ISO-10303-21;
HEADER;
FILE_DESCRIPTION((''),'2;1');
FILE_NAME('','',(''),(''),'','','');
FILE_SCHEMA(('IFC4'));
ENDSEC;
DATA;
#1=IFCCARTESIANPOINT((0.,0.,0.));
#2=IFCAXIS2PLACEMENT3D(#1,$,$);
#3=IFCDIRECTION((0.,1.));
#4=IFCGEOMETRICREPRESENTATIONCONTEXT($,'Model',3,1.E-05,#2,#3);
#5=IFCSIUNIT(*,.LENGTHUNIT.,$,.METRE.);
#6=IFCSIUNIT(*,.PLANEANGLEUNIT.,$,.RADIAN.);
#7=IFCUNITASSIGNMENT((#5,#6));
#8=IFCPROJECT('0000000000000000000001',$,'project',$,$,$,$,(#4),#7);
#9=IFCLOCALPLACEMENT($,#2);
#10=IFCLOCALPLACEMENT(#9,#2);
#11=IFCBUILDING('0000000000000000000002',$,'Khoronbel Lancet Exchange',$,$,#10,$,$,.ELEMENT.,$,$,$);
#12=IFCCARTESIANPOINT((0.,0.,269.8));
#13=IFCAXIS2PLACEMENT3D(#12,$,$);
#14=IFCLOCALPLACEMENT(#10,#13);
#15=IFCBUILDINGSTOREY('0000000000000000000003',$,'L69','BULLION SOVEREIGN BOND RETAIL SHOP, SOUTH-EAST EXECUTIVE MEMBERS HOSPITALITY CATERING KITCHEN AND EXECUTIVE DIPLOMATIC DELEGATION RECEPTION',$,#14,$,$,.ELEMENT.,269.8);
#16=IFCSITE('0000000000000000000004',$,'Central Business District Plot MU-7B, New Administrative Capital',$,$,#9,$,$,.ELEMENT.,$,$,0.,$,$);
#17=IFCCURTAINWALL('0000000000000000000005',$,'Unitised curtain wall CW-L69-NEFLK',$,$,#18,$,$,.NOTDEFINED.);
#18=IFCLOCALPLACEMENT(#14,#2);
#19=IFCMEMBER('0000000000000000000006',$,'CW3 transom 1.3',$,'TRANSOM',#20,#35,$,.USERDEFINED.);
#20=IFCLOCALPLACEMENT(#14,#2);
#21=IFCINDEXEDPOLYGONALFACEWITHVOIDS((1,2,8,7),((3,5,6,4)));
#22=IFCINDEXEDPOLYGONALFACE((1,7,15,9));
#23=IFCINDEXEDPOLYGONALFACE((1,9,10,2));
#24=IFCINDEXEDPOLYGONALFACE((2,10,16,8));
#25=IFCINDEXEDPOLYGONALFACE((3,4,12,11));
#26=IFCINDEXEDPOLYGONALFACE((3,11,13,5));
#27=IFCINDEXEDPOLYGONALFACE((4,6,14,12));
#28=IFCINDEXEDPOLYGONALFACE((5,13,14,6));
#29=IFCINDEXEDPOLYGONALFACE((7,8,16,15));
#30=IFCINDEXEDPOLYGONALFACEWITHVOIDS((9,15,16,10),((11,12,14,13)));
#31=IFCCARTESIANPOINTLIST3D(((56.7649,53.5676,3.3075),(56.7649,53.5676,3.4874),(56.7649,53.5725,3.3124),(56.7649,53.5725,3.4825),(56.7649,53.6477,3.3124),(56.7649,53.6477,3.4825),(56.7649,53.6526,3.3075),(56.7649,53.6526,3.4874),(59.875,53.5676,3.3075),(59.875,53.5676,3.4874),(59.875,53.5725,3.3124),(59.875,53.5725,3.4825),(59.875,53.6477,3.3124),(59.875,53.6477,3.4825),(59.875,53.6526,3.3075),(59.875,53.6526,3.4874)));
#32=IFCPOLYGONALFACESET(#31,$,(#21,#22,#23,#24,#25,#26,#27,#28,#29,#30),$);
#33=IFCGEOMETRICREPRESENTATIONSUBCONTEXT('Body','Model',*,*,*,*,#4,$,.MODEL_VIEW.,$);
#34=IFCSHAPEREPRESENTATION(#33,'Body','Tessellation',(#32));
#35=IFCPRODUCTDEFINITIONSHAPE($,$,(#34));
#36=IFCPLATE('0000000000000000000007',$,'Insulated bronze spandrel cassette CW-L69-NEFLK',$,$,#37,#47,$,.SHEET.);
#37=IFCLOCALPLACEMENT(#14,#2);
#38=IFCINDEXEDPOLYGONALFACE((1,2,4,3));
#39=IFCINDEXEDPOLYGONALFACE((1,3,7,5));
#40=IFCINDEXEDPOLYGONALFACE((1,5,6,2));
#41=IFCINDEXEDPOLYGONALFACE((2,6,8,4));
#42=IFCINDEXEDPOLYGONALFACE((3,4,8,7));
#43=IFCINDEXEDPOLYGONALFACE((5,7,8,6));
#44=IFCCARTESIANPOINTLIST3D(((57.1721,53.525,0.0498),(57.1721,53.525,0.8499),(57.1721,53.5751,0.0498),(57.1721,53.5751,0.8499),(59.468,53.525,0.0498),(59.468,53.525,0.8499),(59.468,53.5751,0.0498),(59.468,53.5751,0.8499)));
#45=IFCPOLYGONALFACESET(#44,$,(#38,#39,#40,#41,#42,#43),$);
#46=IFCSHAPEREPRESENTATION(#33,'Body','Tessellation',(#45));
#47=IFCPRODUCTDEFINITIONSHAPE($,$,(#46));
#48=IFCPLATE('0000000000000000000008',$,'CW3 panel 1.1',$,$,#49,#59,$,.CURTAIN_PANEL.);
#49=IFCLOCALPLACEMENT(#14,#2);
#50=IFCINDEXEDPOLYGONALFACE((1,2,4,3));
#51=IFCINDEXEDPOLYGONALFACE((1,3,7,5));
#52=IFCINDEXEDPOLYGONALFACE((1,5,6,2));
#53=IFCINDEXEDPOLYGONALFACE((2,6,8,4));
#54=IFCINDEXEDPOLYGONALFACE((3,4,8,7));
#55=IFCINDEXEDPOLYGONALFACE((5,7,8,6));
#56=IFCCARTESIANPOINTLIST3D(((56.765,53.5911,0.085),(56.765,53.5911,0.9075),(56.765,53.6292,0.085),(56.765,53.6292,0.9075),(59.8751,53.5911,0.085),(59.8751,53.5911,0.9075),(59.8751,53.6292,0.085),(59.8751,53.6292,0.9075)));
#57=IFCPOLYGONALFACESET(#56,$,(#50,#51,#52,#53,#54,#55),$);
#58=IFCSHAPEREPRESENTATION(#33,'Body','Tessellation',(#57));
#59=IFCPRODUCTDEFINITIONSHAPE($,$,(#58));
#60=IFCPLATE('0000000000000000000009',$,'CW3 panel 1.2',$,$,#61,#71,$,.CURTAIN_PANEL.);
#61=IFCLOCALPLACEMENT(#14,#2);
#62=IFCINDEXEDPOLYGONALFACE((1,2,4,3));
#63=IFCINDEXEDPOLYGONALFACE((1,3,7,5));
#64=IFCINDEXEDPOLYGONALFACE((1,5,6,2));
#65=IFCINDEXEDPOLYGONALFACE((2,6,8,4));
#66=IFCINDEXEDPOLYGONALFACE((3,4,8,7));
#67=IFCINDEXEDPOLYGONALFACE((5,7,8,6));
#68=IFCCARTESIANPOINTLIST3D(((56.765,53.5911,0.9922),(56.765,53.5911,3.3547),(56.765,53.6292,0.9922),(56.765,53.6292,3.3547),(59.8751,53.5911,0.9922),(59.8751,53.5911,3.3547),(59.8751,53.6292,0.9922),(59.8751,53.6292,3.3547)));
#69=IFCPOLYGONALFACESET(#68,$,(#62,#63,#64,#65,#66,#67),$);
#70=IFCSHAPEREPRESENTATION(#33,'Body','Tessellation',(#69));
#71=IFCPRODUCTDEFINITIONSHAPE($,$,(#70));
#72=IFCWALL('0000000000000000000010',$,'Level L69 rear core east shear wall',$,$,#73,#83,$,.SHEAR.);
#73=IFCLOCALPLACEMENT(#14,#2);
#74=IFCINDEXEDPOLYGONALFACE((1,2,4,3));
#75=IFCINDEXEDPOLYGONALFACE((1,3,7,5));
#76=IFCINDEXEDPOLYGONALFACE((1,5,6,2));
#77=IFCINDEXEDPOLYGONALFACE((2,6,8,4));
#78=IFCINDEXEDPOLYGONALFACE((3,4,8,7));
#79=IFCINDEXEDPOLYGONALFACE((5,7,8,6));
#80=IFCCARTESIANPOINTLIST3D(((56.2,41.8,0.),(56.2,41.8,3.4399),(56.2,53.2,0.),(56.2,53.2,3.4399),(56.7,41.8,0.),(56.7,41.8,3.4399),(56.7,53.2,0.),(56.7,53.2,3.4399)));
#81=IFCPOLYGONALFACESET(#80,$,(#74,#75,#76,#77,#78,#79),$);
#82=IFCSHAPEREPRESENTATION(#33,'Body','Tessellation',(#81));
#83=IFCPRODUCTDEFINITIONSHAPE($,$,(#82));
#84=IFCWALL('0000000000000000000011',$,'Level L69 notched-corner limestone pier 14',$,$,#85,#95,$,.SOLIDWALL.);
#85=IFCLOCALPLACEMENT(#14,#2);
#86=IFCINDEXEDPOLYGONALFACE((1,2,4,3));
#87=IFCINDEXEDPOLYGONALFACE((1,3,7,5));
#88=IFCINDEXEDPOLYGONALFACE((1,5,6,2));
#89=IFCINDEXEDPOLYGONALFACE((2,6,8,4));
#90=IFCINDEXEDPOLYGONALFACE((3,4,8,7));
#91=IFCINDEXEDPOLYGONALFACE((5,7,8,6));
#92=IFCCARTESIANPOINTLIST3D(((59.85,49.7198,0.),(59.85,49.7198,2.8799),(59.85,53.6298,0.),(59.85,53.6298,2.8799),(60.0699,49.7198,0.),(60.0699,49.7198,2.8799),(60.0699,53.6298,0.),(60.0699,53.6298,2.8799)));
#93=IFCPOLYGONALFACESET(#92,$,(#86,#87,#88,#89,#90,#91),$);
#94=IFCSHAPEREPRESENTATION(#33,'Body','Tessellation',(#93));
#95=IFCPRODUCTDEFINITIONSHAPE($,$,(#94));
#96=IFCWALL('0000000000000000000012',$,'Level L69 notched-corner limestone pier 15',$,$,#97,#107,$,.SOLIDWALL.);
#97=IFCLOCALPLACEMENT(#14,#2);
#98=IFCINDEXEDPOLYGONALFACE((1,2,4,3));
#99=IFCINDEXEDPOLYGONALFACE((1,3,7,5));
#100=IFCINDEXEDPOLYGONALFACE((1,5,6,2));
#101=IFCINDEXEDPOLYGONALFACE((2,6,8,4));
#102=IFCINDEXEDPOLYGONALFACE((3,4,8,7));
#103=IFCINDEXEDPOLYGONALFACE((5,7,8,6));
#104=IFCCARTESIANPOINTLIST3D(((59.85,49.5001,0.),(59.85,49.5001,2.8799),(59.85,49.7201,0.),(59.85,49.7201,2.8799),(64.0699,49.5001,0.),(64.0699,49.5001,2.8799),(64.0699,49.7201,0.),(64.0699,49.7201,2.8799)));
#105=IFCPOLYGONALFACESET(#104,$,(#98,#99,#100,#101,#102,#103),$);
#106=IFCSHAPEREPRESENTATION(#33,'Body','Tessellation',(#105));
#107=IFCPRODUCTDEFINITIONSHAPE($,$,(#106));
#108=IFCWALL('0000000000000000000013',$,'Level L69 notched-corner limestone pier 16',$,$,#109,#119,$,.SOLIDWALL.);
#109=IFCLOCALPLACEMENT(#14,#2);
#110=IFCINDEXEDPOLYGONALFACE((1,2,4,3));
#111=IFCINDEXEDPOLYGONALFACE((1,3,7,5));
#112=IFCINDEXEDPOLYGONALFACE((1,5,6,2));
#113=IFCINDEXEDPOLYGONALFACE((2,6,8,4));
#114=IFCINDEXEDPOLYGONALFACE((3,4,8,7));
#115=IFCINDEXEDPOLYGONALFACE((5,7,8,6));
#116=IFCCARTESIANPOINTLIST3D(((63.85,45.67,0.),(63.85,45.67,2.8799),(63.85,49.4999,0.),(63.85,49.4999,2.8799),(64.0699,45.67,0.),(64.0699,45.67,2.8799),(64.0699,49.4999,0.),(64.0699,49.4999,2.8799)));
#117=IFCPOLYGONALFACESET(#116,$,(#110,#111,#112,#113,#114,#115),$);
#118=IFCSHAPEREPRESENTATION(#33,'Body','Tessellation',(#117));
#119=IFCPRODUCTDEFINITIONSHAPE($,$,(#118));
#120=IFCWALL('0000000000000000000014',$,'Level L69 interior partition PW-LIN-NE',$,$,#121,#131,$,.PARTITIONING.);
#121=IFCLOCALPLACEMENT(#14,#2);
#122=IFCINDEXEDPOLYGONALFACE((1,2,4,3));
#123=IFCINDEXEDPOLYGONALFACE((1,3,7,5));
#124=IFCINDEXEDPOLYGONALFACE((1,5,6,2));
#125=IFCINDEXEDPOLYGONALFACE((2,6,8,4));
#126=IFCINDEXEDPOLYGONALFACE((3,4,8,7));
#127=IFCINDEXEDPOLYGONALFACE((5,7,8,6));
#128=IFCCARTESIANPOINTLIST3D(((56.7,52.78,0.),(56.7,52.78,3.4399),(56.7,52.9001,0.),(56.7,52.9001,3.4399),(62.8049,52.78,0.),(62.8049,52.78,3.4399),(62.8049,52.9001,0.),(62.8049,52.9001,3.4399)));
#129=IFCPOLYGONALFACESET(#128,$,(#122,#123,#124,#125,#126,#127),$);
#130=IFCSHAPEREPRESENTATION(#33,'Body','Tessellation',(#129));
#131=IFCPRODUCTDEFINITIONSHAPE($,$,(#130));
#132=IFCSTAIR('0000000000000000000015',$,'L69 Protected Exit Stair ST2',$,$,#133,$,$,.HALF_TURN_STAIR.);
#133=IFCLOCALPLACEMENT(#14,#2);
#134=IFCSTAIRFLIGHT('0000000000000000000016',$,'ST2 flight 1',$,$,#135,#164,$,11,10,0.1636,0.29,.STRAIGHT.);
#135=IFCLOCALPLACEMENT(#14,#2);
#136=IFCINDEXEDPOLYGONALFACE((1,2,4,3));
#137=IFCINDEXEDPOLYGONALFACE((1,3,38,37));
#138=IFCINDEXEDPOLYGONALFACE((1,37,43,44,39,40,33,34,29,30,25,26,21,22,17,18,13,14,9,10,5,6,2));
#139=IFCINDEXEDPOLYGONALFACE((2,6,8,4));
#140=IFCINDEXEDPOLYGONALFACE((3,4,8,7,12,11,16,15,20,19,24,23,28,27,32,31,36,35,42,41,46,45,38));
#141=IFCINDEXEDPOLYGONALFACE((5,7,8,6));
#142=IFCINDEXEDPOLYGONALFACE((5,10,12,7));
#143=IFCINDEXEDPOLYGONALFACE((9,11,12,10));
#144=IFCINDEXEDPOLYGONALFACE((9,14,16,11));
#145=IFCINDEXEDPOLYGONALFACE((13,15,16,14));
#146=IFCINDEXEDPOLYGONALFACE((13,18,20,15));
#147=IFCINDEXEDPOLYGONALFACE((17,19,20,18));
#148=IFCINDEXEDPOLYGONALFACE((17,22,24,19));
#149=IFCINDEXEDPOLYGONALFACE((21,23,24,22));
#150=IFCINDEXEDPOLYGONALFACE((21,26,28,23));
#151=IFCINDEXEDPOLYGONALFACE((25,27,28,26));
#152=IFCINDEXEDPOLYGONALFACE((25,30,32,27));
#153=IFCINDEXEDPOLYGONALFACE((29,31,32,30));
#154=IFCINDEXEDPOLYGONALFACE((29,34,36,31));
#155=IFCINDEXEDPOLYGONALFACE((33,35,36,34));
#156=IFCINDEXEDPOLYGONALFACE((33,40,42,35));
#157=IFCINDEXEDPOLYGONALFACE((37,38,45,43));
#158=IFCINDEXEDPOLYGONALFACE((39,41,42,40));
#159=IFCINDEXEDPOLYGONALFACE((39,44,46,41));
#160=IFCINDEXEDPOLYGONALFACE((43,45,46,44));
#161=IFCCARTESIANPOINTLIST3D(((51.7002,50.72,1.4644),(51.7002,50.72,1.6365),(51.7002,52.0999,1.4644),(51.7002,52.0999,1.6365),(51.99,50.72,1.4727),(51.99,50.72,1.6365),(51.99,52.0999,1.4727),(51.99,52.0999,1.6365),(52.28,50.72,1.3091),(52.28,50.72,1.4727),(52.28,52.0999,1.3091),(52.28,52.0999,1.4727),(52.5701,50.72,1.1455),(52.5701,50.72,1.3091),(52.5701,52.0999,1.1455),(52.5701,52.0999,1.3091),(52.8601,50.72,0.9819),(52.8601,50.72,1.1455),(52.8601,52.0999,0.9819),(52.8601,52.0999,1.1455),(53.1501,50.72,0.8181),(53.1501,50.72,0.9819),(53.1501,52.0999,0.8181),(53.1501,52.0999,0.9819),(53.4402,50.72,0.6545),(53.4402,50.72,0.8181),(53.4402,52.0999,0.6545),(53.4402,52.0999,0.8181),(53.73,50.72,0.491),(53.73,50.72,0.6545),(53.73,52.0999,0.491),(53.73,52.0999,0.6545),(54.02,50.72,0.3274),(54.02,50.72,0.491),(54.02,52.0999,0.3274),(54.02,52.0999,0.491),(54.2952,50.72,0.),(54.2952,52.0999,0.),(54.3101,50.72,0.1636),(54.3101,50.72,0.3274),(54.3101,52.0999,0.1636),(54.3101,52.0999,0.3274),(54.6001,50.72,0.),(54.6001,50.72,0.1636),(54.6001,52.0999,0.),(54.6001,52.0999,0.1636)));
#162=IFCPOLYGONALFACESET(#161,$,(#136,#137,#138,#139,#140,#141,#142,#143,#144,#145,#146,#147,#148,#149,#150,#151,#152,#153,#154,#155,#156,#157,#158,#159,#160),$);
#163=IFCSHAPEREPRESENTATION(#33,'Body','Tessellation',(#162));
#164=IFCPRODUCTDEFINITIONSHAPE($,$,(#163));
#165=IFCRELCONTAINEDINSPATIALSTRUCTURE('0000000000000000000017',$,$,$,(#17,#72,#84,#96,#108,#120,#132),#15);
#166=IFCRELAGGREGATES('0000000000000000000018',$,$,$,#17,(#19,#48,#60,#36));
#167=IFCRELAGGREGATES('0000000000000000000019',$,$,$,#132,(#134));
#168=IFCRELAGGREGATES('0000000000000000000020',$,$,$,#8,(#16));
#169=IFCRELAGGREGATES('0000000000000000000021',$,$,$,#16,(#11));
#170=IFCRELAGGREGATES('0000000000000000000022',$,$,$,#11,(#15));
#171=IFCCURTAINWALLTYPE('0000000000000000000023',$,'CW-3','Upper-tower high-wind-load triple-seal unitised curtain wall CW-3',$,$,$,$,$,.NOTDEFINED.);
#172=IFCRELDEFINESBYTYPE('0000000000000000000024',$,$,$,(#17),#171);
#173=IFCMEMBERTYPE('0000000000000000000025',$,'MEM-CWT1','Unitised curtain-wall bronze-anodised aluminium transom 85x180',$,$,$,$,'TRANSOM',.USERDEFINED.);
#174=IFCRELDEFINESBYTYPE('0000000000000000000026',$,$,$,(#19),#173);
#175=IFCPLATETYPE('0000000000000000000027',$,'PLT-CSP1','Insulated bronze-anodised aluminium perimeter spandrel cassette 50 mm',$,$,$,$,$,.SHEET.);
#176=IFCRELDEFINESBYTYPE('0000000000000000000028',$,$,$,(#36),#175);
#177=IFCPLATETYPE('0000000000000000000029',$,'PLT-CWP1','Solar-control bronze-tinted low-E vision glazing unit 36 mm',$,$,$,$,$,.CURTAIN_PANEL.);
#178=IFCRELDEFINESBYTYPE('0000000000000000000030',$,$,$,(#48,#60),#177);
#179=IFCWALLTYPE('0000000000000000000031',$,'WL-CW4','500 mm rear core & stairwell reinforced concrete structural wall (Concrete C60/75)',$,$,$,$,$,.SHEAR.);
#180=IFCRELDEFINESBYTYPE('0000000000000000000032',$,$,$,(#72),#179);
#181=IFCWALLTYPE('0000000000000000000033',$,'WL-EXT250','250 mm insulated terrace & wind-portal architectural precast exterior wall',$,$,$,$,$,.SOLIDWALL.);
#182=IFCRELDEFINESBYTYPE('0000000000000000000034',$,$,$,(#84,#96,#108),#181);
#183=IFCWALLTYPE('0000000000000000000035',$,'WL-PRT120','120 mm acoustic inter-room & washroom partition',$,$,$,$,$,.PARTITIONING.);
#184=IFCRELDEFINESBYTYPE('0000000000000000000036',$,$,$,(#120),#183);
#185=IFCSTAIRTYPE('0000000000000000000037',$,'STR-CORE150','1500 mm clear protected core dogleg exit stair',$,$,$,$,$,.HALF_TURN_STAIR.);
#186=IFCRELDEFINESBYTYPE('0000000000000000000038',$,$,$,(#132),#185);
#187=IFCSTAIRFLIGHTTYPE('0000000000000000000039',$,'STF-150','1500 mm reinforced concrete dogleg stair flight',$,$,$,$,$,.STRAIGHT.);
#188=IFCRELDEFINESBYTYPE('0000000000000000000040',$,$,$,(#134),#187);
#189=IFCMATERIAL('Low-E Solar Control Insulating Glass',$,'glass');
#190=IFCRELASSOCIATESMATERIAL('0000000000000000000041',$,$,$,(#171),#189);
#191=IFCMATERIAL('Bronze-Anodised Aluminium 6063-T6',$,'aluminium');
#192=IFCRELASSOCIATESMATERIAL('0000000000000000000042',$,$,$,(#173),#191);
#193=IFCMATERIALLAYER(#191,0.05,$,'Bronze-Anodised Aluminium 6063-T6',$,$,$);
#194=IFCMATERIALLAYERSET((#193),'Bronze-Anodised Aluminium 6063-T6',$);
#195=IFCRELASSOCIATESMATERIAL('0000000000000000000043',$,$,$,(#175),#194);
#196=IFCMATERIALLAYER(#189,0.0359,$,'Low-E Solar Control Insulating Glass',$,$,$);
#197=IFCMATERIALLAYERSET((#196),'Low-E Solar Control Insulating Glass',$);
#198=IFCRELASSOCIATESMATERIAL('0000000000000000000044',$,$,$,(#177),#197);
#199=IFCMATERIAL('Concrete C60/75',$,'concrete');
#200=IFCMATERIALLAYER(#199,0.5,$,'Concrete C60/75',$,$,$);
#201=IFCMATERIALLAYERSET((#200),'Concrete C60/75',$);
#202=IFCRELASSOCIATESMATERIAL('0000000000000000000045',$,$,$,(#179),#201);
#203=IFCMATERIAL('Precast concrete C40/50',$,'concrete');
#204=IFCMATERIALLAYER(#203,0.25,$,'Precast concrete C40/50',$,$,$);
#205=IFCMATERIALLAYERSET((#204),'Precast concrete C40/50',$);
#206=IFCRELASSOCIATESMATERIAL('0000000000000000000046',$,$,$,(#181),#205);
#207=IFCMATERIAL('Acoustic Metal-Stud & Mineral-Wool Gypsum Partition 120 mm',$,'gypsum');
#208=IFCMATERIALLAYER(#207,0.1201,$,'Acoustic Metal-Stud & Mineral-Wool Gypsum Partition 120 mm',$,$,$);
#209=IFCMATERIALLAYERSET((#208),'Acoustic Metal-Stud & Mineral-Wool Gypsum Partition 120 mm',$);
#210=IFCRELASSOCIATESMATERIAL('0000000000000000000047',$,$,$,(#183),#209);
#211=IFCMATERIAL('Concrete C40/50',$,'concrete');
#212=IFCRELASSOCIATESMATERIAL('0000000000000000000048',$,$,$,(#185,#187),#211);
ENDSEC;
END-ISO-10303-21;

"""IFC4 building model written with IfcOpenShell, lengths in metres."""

from ifc_helpers import new_model, si_unit, direction, frame, frame_2d, origin, origin_2d, place, context, subcontext, project, spatial, polyline, rectangle, hollow_rectangle, outline, extrude, material, layer, layer_set, material_profile, profile_set, type_object, element, aggregate, save


model = new_model("IFC4")

# Units and contexts
model_context = context("Model", 3, precision=1e-05, world=origin(), true_north=direction((0.0, 1.0)))
body_context = subcontext(model_context, "Body", "Model", "MODEL_VIEW")
ifc_project = project(units=[si_unit("LENGTHUNIT", "METRE"), si_unit("PLANEANGLEUNIT", "RADIAN")], contexts=[model_context])

# Site, building, storey
site_placement = place(None, origin())
site = spatial("IfcSite", under=ifc_project, at=site_placement, Name="Central Business District Plot MU-7B, New Administrative Capital", CompositionType="ELEMENT", RefElevation=0.0)
building_placement = place(site_placement, origin())
building = spatial("IfcBuilding", under=site, at=building_placement, Name="Khoronbel Lancet Exchange", CompositionType="ELEMENT")
storey_placement = place(building_placement, frame((0.0, 0.0, 269.8)))
storey = spatial("IfcBuildingStorey", under=building, at=storey_placement, Name="L69", Description="BULLION SOVEREIGN BOND RETAIL SHOP, SOUTH-EAST EXECUTIVE MEMBERS HOSPITALITY CATERING KITCHEN AND EXECUTIVE DIPLOMATIC DELEGATION RECEPTION", CompositionType="ELEMENT", Elevation=269.8)

# Curtain wall, member, plates
ifc_material_1 = material(Name="Low-E Solar Control Insulating Glass", Category="glass")
curtain_wall_type = type_object("IfcCurtainWallType", Name="CW-3", Description="Upper-tower high-wind-load triple-seal unitised curtain wall CW-3", PredefinedType="NOTDEFINED", material=ifc_material_1)
curtain_wall_placement = place(storey_placement, origin())
curtain_wall = element("IfcCurtainWall", 1, at=curtain_wall_placement, inside=storey, type_object=curtain_wall_type, Name="Unitised curtain wall CW-L69-NEFLK", PredefinedType="NOTDEFINED")
ifc_material_2 = material(Name="Bronze-Anodised Aluminium 6063-T6", Category="aluminium")
ifc_material_profile_1 = material_profile(ifc_material_2, hollow_rectangle(XDim=0.085, YDim=0.1799, WallThickness=0.0049, at=origin_2d()), Name="ALU TRANSOM 85x180")
ifc_profile_set_1 = profile_set([ifc_material_profile_1], Name="Bronze-Anodised Aluminium 6063-T6")
member_type_1 = type_object("IfcMemberType", Name="MEM-CWT1", Description="Unitised curtain-wall bronze-anodised aluminium transom 85x180", ElementType="TRANSOM", PredefinedType="USERDEFINED", material=ifc_profile_set_1)
member_1_placement = place(storey_placement, frame((59.875, 53.6101, 3.3975), z_axis=(-1.0, 0.0, 0.0), x_axis=(0.0, -1.0, 0.0)))
member_1 = element("IfcMember", 2, at=member_1_placement, type_object=member_type_1, Name="CW3 transom 1.3", ObjectType="TRANSOM", PredefinedType="USERDEFINED", context=body_context, shape_type="SweptSolid", body=[
    extrude(hollow_rectangle(XDim=0.085, YDim=0.1799, WallThickness=0.0049, at=origin_2d()), origin(), (0.0, 0.0, 1.0), 3.1101),
])
ifc_layer_1 = layer(ifc_material_2, 0.05, Name="Bronze-Anodised Aluminium 6063-T6")
ifc_layer_set_1 = layer_set([ifc_layer_1], Name="Bronze-Anodised Aluminium 6063-T6")
plate_type_1 = type_object("IfcPlateType", Name="PLT-CSP1", Description="Insulated bronze-anodised aluminium perimeter spandrel cassette 50 mm", PredefinedType="SHEET", material=ifc_layer_set_1)
plate_1_placement = place(storey_placement, frame((58.3201, 53.55, 0.0498), z_axis=(0.0, 0.0, 1.0), x_axis=(-1.0, 0.0, 0.0)))
plate_1 = element("IfcPlate", 3, at=plate_1_placement, type_object=plate_type_1, Name="Insulated bronze spandrel cassette CW-L69-NEFLK", PredefinedType="SHEET", context=body_context, shape_type="SweptSolid", body=[
    extrude(rectangle(XDim=2.2959, YDim=0.05, at=origin_2d()), origin(), (0.0, 0.0, 1.0), 0.8),
])
ifc_layer_2 = layer(ifc_material_1, 0.0359, Name="Low-E Solar Control Insulating Glass")
ifc_layer_set_2 = layer_set([ifc_layer_2], Name="Low-E Solar Control Insulating Glass")
plate_type_2 = type_object("IfcPlateType", Name="PLT-CWP1", Description="Solar-control bronze-tinted low-E vision glazing unit 36 mm", PredefinedType="CURTAIN_PANEL", material=ifc_layer_set_2)
plate_2_placement = place(storey_placement, frame((58.3201, 53.6101, 0.085), z_axis=(0.0, 0.0, 1.0), x_axis=(-1.0, 0.0, 0.0)))
plate_2 = element("IfcPlate", 4, at=plate_2_placement, type_object=plate_type_2, Name="CW3 panel 1.1", PredefinedType="CURTAIN_PANEL", context=body_context, shape_type="SweptSolid", body=[
    extrude(rectangle(XDim=3.1101, YDim=0.0381, at=origin_2d()), origin(), (0.0, 0.0, 1.0), 0.8225),
])
plate_3_placement = place(storey_placement, frame((58.3201, 53.6101, 0.9922), z_axis=(0.0, 0.0, 1.0), x_axis=(-1.0, 0.0, 0.0)))
plate_3 = element("IfcPlate", 5, at=plate_3_placement, type_object=plate_type_2, Name="CW3 panel 1.2", PredefinedType="CURTAIN_PANEL", context=body_context, shape_type="SweptSolid", body=[
    extrude(rectangle(XDim=3.1101, YDim=0.0381, at=origin_2d()), origin(), (0.0, 0.0, 1.0), 2.3625),
])
aggregate(curtain_wall, [member_1, plate_2, plate_3, plate_1])

# Walls
ifc_material_3 = material(Name="Concrete C60/75", Category="concrete")
ifc_layer_3 = layer(ifc_material_3, 0.5, Name="Concrete C60/75")
ifc_layer_set_3 = layer_set([ifc_layer_3], Name="Concrete C60/75")
wall_type_1 = type_object("IfcWallType", Name="WL-CW4", Description="500 mm rear core & stairwell reinforced concrete structural wall (Concrete C60/75)", PredefinedType="SHEAR", material=ifc_layer_set_3)
wall_1_placement = place(storey_placement, frame((56.45, 53.2, 0.0), z_axis=(0.0, 0.0, 1.0), x_axis=(0.0, -1.0, 0.0)))
element("IfcWall", 6, at=wall_1_placement, inside=storey, type_object=wall_type_1, Name="Level L69 rear core east shear wall", PredefinedType="SHEAR", context=body_context, shape_type="SweptSolid", body=[
    extrude(rectangle(XDim=11.3999, YDim=0.5, at=frame_2d((5.7, 0.0))), origin(), (0.0, 0.0, 1.0), 3.4399),
])
ifc_material_4 = material(Name="Precast concrete C40/50", Category="concrete")
ifc_layer_4 = layer(ifc_material_4, 0.25, Name="Precast concrete C40/50")
ifc_layer_set_4 = layer_set([ifc_layer_4], Name="Precast concrete C40/50")
wall_type_2 = type_object("IfcWallType", Name="WL-EXT250", Description="250 mm insulated terrace & wind-portal architectural precast exterior wall", PredefinedType="SOLIDWALL", material=ifc_layer_set_4)
wall_2_placement = place(storey_placement, frame((59.96, 53.6299, 0.0), z_axis=(0.0, 0.0, 1.0), x_axis=(0.0, -1.0, 0.0)))
element("IfcWall", 7, at=wall_2_placement, inside=storey, type_object=wall_type_2, Name="Level L69 notched-corner limestone pier 14", PredefinedType="SOLIDWALL", context=body_context, shape_type="SweptSolid", body=[
    extrude(rectangle(XDim=3.9099, YDim=0.22, at=frame_2d((1.9551, 0.0))), origin(), (0.0, 0.0, 1.0), 2.8799),
])
wall_3_placement = place(storey_placement, frame((59.8501, 49.6101, 0.0), z_axis=(0.0, 0.0, 1.0), x_axis=(1.0, 0.0, 0.0)))
element("IfcWall", 8, at=wall_3_placement, inside=storey, type_object=wall_type_2, Name="Level L69 notched-corner limestone pier 15", PredefinedType="SOLIDWALL", context=body_context, shape_type="SweptSolid", body=[
    extrude(rectangle(XDim=4.22, YDim=0.22, at=frame_2d((2.1099, 0.0))), origin(), (0.0, 0.0, 1.0), 2.8799),
])
wall_4_placement = place(storey_placement, frame((63.96, 49.5, 0.0), z_axis=(0.0, 0.0, 1.0), x_axis=(0.0, -1.0, 0.0)))
element("IfcWall", 9, at=wall_4_placement, inside=storey, type_object=wall_type_2, Name="Level L69 notched-corner limestone pier 16", PredefinedType="SOLIDWALL", context=body_context, shape_type="SweptSolid", body=[
    extrude(rectangle(XDim=3.8298, YDim=0.22, at=frame_2d((1.915, 0.0))), origin(), (0.0, 0.0, 1.0), 2.8799),
])
ifc_material_5 = material(Name="Acoustic Metal-Stud & Mineral-Wool Gypsum Partition 120 mm", Category="gypsum")
ifc_layer_5 = layer(ifc_material_5, 0.1201, Name="Acoustic Metal-Stud & Mineral-Wool Gypsum Partition 120 mm")
ifc_layer_set_5 = layer_set([ifc_layer_5], Name="Acoustic Metal-Stud & Mineral-Wool Gypsum Partition 120 mm")
wall_type_3 = type_object("IfcWallType", Name="WL-PRT120", Description="120 mm acoustic inter-room & washroom partition", PredefinedType="PARTITIONING", material=ifc_layer_set_5)
wall_5_placement = place(storey_placement, frame((56.7, 52.8401, 0.0), z_axis=(0.0, 0.0, 1.0), x_axis=(1.0, 0.0, 0.0)))
element("IfcWall", 10, at=wall_5_placement, inside=storey, type_object=wall_type_3, Name="Level L69 interior partition PW-LIN-NE", PredefinedType="PARTITIONING", context=body_context, shape_type="SweptSolid", body=[
    extrude(rectangle(XDim=6.105, YDim=0.1201, at=frame_2d((3.0525, 0.0))), origin(), (0.0, 0.0, 1.0), 3.4399),
])

# Stair, stair flight
ifc_material_6 = material(Name="Concrete C40/50", Category="concrete")
stair_type = type_object("IfcStairType", Name="STR-CORE150", Description="1500 mm clear protected core dogleg exit stair", PredefinedType="HALF_TURN_STAIR", material=ifc_material_6)
stair_placement = place(storey_placement, origin())
stair = element("IfcStair", 11, at=stair_placement, inside=storey, type_object=stair_type, Name="L69 Protected Exit Stair ST2", PredefinedType="HALF_TURN_STAIR")
stair_flight_type = type_object("IfcStairFlightType", Name="STF-150", Description="1500 mm reinforced concrete dogleg stair flight", PredefinedType="STRAIGHT", material=ifc_material_6)
stair_flight_placement = place(storey_placement, frame((54.6001, 51.4099, 0.0), z_axis=(0.0, 0.0, 1.0), x_axis=(-1.0, 0.0, 0.0)))
stair_flight = element("IfcStairFlight", 12, at=stair_flight_placement, type_object=stair_flight_type, Name="ST2 flight 1", NumberOfRisers=11, NumberOfTreads=10, PredefinedType="STRAIGHT", RiserHeight=0.1636, TreadLength=0.29, context=body_context, shape_type="SweptSolid", body=[
    extrude(outline(polyline([(0.0, 0.0), (0.0, 0.1636), (0.29, 0.1636), (0.29, 0.3274), (0.5801, 0.3274), (0.5801, 0.491), (0.8701, 0.491), (0.8701, 0.6545), (1.1599, 0.6545), (1.1599, 0.8181), (1.45, 0.8181), (1.45, 0.9819), (1.74, 0.9819), (1.74, 1.1455), (2.03, 1.1455), (2.03, 1.3091), (2.3201, 1.3091), (2.3201, 1.4727), (2.6101, 1.4727), (2.6101, 1.6365), (2.8999, 1.6365), (2.8999, 1.8), (2.8999, 1.4644), (0.3049, 0.0), (0.0, 0.0)])), frame((0.0, 0.6899, 0.0), z_axis=(0.0, -1.0, 0.0), x_axis=(1.0, 0.0, 0.0)), (0.0, 0.0, 1.0), 1.3799),
])
aggregate(stair, [stair_flight])

save(model, "model.ifc")
